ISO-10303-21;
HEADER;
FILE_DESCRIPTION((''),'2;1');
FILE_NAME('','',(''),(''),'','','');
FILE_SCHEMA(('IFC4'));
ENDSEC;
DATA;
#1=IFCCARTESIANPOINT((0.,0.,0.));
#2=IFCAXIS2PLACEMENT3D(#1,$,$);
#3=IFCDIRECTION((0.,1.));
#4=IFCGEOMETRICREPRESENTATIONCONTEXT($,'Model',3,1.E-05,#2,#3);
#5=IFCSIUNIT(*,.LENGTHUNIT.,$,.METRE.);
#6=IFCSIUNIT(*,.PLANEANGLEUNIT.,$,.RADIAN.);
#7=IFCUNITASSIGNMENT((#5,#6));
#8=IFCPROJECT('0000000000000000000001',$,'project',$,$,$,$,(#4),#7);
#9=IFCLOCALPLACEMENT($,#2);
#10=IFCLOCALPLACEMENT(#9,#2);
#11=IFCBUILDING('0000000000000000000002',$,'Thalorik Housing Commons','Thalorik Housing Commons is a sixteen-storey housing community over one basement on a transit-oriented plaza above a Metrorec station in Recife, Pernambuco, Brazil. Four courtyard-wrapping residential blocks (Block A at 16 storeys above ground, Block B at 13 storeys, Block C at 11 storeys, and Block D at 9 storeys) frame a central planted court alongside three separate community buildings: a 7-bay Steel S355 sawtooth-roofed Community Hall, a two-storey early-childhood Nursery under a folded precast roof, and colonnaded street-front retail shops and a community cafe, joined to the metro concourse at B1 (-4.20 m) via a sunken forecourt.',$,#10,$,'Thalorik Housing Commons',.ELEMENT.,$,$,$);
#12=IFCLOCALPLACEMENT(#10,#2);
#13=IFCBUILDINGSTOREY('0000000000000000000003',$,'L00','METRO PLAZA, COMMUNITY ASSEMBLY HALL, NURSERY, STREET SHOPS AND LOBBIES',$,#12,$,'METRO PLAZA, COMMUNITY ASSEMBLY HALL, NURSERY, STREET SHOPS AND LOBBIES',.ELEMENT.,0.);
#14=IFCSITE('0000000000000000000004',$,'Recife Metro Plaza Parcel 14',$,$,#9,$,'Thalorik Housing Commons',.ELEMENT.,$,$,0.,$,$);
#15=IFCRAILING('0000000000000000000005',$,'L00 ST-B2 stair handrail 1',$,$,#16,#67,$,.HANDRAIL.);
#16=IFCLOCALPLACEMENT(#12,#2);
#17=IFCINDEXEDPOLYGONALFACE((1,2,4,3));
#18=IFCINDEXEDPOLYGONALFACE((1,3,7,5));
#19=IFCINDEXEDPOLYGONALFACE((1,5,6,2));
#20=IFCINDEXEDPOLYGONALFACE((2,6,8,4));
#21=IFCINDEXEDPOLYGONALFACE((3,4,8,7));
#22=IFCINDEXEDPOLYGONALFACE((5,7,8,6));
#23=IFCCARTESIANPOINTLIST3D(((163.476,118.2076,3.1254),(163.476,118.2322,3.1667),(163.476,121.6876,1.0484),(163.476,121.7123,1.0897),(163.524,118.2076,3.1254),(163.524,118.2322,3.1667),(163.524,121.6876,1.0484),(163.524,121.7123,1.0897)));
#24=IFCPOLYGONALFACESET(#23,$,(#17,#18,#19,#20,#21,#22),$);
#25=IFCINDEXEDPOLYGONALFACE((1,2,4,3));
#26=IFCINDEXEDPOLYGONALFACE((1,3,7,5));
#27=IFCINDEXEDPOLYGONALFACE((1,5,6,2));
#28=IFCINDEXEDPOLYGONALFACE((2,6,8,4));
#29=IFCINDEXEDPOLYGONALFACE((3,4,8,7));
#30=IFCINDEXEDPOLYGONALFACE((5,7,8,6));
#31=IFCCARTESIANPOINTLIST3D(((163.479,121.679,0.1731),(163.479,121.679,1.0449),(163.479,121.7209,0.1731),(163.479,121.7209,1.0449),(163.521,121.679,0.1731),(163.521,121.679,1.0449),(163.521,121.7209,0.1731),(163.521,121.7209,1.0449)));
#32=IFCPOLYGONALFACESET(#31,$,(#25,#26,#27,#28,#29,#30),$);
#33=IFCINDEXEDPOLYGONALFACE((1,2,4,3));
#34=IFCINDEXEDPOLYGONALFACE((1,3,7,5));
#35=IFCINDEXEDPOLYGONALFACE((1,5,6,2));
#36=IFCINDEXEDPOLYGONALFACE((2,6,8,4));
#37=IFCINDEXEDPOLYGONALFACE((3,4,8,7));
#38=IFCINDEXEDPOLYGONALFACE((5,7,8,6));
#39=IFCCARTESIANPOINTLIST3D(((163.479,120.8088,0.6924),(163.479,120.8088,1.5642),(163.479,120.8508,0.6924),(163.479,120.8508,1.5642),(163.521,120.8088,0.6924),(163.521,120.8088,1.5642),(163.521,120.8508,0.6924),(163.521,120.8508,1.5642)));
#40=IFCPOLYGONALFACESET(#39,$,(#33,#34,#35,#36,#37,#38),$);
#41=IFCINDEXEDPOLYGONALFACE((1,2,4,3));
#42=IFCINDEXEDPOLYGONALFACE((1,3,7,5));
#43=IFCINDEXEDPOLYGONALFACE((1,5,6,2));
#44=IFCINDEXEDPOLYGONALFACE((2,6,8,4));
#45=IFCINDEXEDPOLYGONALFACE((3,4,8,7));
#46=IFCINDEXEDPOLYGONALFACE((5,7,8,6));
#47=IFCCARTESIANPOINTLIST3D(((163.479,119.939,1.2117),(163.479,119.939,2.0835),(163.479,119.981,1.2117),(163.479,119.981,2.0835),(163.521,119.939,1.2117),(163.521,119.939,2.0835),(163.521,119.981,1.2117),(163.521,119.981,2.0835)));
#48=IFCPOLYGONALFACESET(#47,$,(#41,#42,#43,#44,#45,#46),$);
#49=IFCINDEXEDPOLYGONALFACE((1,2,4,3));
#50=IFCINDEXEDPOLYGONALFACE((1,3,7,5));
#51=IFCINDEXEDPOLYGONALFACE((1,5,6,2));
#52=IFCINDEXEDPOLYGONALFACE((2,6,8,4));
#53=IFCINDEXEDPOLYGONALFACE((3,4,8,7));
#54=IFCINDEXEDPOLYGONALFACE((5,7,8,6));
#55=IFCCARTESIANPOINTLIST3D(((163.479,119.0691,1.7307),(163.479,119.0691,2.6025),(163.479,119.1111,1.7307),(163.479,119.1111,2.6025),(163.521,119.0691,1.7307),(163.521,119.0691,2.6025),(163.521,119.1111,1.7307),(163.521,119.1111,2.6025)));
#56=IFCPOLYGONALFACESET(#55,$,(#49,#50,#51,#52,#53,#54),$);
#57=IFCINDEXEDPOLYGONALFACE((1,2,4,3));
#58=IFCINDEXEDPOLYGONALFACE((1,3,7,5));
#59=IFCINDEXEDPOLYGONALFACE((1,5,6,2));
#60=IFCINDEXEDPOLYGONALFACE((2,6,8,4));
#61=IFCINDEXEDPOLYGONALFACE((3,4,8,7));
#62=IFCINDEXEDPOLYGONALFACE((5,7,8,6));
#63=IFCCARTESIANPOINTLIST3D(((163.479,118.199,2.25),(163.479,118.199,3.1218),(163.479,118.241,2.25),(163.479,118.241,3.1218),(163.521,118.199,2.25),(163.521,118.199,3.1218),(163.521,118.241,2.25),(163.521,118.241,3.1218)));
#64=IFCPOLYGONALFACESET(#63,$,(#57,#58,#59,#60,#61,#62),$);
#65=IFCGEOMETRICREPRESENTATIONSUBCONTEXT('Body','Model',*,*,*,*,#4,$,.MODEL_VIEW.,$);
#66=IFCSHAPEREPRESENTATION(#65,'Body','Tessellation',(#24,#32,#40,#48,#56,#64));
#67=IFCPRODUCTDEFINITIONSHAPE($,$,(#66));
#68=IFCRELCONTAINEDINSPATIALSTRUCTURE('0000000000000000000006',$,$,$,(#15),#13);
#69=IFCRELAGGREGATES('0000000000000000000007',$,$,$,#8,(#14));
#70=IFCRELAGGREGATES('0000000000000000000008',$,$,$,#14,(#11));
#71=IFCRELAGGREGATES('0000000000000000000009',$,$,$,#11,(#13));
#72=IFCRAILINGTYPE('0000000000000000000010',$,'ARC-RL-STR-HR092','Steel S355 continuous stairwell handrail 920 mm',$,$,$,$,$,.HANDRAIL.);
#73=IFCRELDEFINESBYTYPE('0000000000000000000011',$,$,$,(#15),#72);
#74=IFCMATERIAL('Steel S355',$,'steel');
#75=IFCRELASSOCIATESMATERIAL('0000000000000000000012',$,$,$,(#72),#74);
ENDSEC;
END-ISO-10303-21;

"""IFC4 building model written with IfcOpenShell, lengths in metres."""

from ifc_helpers import new_model, si_unit, direction, frame, origin, origin_2d, place, context, subcontext, project, spatial, rectangle, extrude, material, type_object, element, save


model = new_model("IFC4")

# Units and contexts
model_context = context("Model", 3, precision=1e-05, world=origin(), true_north=direction((0.0, 1.0)))
body_context = subcontext(model_context, "Body", "Model", "MODEL_VIEW")
ifc_project = project(units=[si_unit("LENGTHUNIT", "METRE"), si_unit("PLANEANGLEUNIT", "RADIAN")], contexts=[model_context])

# Site, building, storey
site_placement = place(None, origin())
site = spatial("IfcSite", under=ifc_project, at=site_placement, Name="Recife Metro Plaza Parcel 14", LongName="Thalorik Housing Commons", CompositionType="ELEMENT", RefElevation=0.0)
building_placement = place(site_placement, origin())
building = spatial("IfcBuilding", under=site, at=building_placement, Name="Thalorik Housing Commons", Description="Thalorik Housing Commons is a sixteen-storey housing community over one basement on a transit-oriented plaza above a Metrorec station in Recife, Pernambuco, Brazil. Four courtyard-wrapping residential blocks (Block A at 16 storeys above ground, Block B at 13 storeys, Block C at 11 storeys, and Block D at 9 storeys) frame a central planted court alongside three separate community buildings: a 7-bay Steel S355 sawtooth-roofed Community Hall, a two-storey early-childhood Nursery under a folded precast roof, and colonnaded street-front retail shops and a community cafe, joined to the metro concourse at B1 (-4.20 m) via a sunken forecourt.", LongName="Thalorik Housing Commons", CompositionType="ELEMENT")
storey_placement = place(building_placement, origin())
storey = spatial("IfcBuildingStorey", under=building, at=storey_placement, Name="L00", Description="METRO PLAZA, COMMUNITY ASSEMBLY HALL, NURSERY, STREET SHOPS AND LOBBIES", LongName="METRO PLAZA, COMMUNITY ASSEMBLY HALL, NURSERY, STREET SHOPS AND LOBBIES", CompositionType="ELEMENT", Elevation=0.0)

# Shared definitions
ifc_material_1 = material(Name="Steel S355", Category="steel")

# Railing
railing_type_1 = type_object("IfcRailingType", Name="ARC-RL-STR-HR092", Description="Steel S355 continuous stairwell handrail 920 mm", PredefinedType="HANDRAIL", material=ifc_material_1)
railing_1_placement = place(storey_placement, frame((163.5, 121.7, 0.1731)))
element("IfcRailing", 1, at=railing_1_placement, inside=storey, type_object=railing_type_1, Name="L00 ST-B2 stair handrail 1", PredefinedType="HANDRAIL", context=body_context, shape_type="SweptSolid", body=[
    extrude(rectangle(XDim=0.0481, YDim=0.0481, at=origin_2d()), frame((0.0, 0.0, 0.896), z_axis=(0.0, -0.858697, 0.512483), x_axis=(1.0, 0.0, 0.0)), (0.0, 0.0, 1.0), 4.0527),
    extrude(rectangle(XDim=0.042, YDim=0.042, at=origin_2d()), origin(), (0.0, 0.0, 1.0), 0.8718),
    extrude(rectangle(XDim=0.042, YDim=0.042, at=origin_2d()), frame((0.0, -0.8701, 0.5193)), (0.0, 0.0, 1.0), 0.8718),
    extrude(rectangle(XDim=0.042, YDim=0.042, at=origin_2d()), frame((0.0, -1.74, 1.0386)), (0.0, 0.0, 1.0), 0.8718),
    extrude(rectangle(XDim=0.042, YDim=0.042, at=origin_2d()), frame((0.0, -2.6099, 1.5576)), (0.0, 0.0, 1.0), 0.8718),
    extrude(rectangle(XDim=0.042, YDim=0.042, at=origin_2d()), frame((0.0, -3.48, 2.0769)), (0.0, 0.0, 1.0), 0.8718),
])

save(model, "model.ifc")
